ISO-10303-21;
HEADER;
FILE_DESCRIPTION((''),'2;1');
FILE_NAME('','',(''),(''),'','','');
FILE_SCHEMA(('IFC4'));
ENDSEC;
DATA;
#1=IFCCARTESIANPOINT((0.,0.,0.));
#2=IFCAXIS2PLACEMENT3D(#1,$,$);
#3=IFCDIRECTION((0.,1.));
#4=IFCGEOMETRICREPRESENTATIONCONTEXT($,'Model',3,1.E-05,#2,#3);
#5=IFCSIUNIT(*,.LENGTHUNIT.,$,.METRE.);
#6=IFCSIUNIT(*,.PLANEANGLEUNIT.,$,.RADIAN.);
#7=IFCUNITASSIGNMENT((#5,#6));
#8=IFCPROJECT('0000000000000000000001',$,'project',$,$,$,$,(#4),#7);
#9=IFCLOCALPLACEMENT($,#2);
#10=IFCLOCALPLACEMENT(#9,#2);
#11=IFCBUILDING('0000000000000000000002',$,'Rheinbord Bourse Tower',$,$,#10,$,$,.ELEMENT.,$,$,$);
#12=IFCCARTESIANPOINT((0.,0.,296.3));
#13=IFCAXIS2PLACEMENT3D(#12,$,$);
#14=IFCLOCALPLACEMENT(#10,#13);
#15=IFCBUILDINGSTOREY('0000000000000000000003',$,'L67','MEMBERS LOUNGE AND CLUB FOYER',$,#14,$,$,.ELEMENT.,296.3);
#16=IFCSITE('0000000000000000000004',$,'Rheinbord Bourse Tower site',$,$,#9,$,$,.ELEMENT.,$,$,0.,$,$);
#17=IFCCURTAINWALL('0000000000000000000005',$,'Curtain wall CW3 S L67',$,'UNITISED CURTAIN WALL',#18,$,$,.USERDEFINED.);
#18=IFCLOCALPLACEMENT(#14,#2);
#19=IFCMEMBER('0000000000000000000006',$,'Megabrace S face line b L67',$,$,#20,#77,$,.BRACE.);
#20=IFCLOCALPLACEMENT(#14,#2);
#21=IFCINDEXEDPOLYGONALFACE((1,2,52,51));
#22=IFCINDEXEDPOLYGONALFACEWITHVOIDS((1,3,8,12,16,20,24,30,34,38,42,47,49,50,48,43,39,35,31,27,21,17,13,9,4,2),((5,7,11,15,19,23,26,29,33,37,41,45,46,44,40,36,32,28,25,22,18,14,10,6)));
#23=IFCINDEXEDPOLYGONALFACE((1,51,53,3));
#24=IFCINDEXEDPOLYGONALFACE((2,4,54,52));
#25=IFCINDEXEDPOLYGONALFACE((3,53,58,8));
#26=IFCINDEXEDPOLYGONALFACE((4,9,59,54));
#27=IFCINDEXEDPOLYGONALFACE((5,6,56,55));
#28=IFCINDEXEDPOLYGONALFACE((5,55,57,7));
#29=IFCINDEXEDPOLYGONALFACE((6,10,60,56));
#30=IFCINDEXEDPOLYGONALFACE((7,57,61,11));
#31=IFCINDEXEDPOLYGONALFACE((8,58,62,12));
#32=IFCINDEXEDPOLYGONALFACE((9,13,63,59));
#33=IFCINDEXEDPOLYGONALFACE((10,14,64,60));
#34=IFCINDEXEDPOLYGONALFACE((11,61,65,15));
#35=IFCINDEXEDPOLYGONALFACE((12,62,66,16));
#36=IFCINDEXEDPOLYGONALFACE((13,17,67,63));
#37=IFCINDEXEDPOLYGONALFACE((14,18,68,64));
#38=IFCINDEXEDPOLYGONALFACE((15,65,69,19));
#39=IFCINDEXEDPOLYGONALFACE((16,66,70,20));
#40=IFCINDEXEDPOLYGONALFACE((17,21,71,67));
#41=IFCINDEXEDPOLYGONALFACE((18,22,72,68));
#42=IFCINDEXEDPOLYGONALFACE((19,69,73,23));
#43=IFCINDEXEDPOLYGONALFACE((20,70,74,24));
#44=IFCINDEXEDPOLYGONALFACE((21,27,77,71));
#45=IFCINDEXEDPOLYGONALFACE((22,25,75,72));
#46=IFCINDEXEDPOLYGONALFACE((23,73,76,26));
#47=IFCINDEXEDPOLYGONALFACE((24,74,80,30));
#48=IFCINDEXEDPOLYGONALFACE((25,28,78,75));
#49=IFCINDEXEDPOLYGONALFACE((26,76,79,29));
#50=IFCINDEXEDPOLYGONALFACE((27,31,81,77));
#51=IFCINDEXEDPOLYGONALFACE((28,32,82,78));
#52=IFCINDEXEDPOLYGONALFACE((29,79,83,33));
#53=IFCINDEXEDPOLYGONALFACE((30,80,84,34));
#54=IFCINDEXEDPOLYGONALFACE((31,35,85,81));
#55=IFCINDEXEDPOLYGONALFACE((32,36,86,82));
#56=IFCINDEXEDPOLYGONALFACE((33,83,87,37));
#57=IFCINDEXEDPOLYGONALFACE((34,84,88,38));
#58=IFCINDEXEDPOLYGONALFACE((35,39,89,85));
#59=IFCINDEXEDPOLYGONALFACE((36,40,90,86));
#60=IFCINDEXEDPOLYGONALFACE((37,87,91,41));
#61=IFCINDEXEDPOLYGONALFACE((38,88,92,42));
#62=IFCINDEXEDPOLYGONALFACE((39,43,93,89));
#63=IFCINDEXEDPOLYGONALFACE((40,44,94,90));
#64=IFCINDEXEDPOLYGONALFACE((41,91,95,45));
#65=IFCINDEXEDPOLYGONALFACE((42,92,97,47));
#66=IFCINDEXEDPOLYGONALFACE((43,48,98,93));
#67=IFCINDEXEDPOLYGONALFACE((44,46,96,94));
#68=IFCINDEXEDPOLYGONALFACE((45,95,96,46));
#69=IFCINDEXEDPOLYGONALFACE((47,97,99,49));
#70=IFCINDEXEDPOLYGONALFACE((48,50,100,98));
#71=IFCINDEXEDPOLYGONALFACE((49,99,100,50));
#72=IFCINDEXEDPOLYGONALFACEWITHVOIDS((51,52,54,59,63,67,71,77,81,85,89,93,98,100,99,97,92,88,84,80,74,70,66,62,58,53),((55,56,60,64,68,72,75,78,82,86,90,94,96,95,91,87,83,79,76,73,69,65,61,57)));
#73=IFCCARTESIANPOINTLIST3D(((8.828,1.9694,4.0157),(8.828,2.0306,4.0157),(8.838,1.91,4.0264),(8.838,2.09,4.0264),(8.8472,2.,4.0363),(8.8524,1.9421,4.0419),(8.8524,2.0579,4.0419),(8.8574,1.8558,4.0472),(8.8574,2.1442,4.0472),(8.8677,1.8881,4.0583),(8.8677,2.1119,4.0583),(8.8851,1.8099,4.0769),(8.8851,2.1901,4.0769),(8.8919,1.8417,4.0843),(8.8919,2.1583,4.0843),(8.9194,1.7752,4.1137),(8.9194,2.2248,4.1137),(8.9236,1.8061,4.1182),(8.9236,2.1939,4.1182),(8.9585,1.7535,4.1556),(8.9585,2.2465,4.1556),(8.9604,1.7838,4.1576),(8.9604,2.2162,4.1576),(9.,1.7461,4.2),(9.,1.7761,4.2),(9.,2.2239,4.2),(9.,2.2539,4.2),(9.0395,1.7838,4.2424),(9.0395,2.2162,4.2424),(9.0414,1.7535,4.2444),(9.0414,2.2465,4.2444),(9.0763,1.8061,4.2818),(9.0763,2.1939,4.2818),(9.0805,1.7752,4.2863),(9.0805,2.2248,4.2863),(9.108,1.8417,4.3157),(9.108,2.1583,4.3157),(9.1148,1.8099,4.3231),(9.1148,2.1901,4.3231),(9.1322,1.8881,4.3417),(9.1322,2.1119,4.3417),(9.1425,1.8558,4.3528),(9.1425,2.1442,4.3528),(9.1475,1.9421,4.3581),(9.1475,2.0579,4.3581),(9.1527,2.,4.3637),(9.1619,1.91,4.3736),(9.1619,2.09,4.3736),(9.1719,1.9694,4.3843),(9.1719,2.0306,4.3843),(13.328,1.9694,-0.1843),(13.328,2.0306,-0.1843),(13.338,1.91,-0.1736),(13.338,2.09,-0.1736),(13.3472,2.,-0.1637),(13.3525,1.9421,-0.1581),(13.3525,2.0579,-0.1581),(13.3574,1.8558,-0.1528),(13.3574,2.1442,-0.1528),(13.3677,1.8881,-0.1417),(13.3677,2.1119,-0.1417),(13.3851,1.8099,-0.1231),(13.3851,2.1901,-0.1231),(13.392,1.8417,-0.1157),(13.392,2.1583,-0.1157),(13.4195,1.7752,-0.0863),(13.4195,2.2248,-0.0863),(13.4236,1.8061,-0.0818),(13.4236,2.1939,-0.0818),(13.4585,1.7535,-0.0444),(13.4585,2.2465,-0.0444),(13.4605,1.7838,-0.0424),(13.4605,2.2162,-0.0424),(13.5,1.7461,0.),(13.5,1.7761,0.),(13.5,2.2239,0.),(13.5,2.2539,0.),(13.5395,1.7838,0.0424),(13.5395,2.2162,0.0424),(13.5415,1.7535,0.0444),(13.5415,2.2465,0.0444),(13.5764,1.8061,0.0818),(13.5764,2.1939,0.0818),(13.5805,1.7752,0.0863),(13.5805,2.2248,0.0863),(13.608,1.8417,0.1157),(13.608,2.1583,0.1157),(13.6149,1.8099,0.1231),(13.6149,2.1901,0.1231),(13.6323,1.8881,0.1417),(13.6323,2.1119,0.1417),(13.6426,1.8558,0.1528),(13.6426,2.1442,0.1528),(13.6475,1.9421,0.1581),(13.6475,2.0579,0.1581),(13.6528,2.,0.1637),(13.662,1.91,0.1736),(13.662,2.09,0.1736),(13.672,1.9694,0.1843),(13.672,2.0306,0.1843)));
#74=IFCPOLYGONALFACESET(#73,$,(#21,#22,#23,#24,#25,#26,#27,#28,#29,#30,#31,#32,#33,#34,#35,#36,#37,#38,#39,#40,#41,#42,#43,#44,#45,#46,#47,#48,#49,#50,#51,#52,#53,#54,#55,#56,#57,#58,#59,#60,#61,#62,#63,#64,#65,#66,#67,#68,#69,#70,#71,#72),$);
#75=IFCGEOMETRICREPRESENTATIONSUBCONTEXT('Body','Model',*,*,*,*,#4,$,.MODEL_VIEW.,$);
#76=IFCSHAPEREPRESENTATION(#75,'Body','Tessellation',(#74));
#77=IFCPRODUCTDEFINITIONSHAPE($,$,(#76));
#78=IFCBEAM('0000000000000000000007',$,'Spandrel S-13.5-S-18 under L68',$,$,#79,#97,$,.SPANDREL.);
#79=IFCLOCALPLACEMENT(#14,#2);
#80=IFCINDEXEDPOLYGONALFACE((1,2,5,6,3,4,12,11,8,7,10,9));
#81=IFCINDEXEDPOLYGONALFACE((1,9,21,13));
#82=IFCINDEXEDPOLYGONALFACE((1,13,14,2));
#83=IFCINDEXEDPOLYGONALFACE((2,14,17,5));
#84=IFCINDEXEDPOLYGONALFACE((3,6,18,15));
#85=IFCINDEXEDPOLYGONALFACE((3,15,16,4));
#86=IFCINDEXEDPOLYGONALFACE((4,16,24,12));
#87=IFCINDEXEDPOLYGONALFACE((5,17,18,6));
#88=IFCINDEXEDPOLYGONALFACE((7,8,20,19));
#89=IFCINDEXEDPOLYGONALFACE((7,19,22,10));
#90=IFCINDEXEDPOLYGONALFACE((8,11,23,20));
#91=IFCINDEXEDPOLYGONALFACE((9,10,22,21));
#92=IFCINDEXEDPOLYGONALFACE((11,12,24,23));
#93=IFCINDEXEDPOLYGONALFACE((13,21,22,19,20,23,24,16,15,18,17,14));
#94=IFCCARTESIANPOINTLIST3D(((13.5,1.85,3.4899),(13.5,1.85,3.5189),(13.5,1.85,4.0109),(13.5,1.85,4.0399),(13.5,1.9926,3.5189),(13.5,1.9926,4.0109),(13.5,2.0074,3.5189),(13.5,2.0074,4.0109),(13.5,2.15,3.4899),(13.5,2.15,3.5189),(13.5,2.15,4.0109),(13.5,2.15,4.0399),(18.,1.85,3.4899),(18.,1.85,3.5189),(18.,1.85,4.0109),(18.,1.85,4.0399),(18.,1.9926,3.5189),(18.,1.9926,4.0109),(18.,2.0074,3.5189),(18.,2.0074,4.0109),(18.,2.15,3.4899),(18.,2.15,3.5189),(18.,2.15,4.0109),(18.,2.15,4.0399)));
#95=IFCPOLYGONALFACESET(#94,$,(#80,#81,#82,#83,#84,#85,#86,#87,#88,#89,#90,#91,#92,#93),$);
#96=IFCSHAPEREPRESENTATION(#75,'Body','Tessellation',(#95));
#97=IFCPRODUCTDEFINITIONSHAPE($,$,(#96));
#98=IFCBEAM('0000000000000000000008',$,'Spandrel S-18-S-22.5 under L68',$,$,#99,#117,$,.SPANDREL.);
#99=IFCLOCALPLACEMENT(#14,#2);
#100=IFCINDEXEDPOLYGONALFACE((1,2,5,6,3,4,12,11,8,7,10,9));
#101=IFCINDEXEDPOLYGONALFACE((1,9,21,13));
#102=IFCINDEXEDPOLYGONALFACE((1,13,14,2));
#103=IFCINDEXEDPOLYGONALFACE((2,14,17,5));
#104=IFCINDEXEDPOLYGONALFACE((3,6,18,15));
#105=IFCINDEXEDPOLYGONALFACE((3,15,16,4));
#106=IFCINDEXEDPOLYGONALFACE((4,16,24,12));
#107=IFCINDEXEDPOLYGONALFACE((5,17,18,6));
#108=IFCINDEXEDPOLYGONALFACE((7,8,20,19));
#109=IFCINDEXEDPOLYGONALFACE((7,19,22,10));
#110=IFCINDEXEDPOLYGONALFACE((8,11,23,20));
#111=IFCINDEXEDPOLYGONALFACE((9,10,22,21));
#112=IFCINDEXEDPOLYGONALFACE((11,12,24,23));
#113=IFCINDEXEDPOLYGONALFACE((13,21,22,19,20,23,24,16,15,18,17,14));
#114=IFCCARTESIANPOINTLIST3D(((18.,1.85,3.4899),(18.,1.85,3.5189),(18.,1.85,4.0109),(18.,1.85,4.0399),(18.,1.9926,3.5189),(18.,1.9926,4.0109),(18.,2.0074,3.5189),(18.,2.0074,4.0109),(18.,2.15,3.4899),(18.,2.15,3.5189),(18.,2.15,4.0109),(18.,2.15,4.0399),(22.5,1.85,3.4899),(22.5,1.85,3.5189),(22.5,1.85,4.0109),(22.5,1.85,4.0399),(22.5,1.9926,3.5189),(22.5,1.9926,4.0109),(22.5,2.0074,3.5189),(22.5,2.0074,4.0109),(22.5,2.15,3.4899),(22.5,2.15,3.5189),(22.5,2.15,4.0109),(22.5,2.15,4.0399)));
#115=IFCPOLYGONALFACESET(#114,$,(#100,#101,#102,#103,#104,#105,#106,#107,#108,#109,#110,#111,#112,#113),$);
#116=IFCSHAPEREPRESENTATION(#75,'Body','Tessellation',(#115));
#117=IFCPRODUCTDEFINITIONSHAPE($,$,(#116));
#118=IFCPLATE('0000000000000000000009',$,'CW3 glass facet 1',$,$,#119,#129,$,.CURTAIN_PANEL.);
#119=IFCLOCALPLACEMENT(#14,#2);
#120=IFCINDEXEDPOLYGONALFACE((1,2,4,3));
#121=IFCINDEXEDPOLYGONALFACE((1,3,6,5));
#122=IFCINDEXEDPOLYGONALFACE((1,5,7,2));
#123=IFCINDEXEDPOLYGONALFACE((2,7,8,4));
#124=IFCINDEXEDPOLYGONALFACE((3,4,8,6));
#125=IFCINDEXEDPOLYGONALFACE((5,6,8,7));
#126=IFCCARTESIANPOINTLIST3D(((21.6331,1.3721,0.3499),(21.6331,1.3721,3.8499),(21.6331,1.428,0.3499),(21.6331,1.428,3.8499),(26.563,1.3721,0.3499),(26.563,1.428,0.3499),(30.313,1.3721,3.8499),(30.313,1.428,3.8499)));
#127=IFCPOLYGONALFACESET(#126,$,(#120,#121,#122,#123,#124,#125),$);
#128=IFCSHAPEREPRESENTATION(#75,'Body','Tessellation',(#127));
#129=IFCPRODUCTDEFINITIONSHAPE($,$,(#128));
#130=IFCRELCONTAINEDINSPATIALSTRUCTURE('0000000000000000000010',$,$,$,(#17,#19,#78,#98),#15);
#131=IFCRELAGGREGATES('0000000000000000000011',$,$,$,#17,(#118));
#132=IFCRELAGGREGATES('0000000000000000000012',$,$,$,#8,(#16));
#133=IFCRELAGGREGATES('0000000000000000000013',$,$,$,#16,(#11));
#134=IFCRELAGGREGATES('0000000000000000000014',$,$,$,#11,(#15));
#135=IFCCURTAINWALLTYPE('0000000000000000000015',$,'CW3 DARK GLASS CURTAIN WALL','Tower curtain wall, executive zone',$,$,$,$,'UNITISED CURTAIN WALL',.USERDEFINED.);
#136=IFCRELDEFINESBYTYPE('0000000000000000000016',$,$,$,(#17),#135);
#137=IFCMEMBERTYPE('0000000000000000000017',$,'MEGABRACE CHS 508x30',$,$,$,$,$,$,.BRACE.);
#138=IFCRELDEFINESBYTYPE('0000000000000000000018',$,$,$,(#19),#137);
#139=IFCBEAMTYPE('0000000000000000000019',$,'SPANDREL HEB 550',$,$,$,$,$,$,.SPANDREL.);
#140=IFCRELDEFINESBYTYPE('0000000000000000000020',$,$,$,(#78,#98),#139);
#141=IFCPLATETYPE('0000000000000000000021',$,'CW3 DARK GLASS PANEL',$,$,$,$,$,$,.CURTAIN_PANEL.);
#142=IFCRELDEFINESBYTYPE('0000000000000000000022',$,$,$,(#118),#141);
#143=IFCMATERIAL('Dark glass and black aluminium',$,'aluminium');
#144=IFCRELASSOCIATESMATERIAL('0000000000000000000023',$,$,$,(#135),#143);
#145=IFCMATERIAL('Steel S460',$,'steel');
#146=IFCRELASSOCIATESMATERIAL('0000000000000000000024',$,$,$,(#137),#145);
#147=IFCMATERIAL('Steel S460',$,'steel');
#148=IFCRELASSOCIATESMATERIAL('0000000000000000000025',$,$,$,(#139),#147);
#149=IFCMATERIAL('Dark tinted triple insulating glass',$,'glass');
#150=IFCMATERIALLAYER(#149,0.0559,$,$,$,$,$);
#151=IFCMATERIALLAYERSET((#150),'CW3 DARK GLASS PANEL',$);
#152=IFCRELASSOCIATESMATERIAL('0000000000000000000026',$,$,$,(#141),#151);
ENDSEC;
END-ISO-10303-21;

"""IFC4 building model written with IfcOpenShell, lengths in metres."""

from ifc_helpers import new_model, si_unit, direction, frame, origin, origin_2d, place, context, subcontext, project, spatial, polyline, hollow_circle, i_section, outline, extrude, material, layer, layer_set, material_profile, profile_set, type_object, element, aggregate, save


model = new_model("IFC4")

# Units and contexts
model_context = context("Model", 3, precision=1e-05, world=origin(), true_north=direction((0.0, 1.0)))
body_context = subcontext(model_context, "Body", "Model", "MODEL_VIEW")
ifc_project = project(units=[si_unit("LENGTHUNIT", "METRE"), si_unit("PLANEANGLEUNIT", "RADIAN")], contexts=[model_context])

# Site, building, storey
site_placement = place(None, origin())
site = spatial("IfcSite", under=ifc_project, at=site_placement, Name="Rheinbord Bourse Tower site", CompositionType="ELEMENT", RefElevation=0.0)
building_placement = place(site_placement, origin())
building = spatial("IfcBuilding", under=site, at=building_placement, Name="Rheinbord Bourse Tower", CompositionType="ELEMENT")
storey_placement = place(building_placement, frame((0.0, 0.0, 296.3)))
storey = spatial("IfcBuildingStorey", under=building, at=storey_placement, Name="L67", Description="MEMBERS LOUNGE AND CLUB FOYER", CompositionType="ELEMENT", Elevation=296.3)

# Curtain wall
ifc_material_1 = material(Name="Dark glass and black aluminium", Category="aluminium")
curtain_wall_type = type_object("IfcCurtainWallType", Name="CW3 DARK GLASS CURTAIN WALL", Description="Tower curtain wall, executive zone", ElementType="UNITISED CURTAIN WALL", PredefinedType="USERDEFINED", material=ifc_material_1)
curtain_wall_placement = place(storey_placement, origin())
curtain_wall = element("IfcCurtainWall", 1, at=curtain_wall_placement, inside=storey, type_object=curtain_wall_type, Name="Curtain wall CW3 S L67", ObjectType="UNITISED CURTAIN WALL", PredefinedType="USERDEFINED")

# Member
ifc_material_2 = material(Name="Steel S460", Category="steel")
ifc_material_profile_1 = material_profile(ifc_material_2, hollow_circle(Radius=0.2539, WallThickness=0.03, at=origin_2d()), Name="CHS 508x30")
ifc_profile_set_1 = profile_set([ifc_material_profile_1], Name="Steel S460")
member_type_1 = type_object("IfcMemberType", Name="MEGABRACE CHS 508x30", PredefinedType="BRACE", material=ifc_profile_set_1)
member_1_placement = place(storey_placement, frame((13.5, 2.0, 0.0), z_axis=(-0.731059, 0.0, 0.682314), x_axis=(0.0, -1.0, 0.0)))
element("IfcMember", 2, at=member_1_placement, inside=storey, type_object=member_type_1, Name="Megabrace S face line b L67", PredefinedType="BRACE", context=body_context, shape_type="SweptSolid", body=[
    extrude(hollow_circle(Radius=0.2539, WallThickness=0.03, at=origin_2d()), origin(), (0.0, 0.0, 1.0), 6.1555),
])

# Beams
ifc_material_3 = material(Name="Steel S460", Category="steel")
ifc_material_profile_2 = material_profile(ifc_material_3, i_section(OverallWidth=0.3, OverallDepth=0.55, WebThickness=0.0149, FlangeThickness=0.0291, at=origin_2d()), Name="HEB 550")
ifc_profile_set_2 = profile_set([ifc_material_profile_2], Name="Steel S460")
beam_type_1 = type_object("IfcBeamType", Name="SPANDREL HEB 550", PredefinedType="SPANDREL", material=ifc_profile_set_2)
for number, where, z_axis, x_axis, name in (
    (3, (13.5, 2.0, 3.7649), (1.0, 0.0, 0.0), (0.0, 1.0, 0.0), "Spandrel S-13.5-S-18 under L68"),
    (4, (18.0, 2.0, 3.7649), (1.0, 0.0, 0.0), (0.0, 1.0, 0.0), "Spandrel S-18-S-22.5 under L68"),
):
    element("IfcBeam", number, at=place(storey_placement, frame(where, z_axis=z_axis, x_axis=x_axis)), inside=storey, type_object=beam_type_1, Name=name, PredefinedType="SPANDREL", context=body_context, shape_type="SweptSolid", body=[
        extrude(i_section(OverallWidth=0.3, OverallDepth=0.55, WebThickness=0.0149, FlangeThickness=0.0291, at=origin_2d()), origin(), (0.0, 0.0, 1.0), 4.5),
    ])

# Plate
ifc_material_4 = material(Name="Dark tinted triple insulating glass", Category="glass")
ifc_layer = layer(ifc_material_4, 0.0559)
ifc_layer_set = layer_set([ifc_layer], Name="CW3 DARK GLASS PANEL")
plate_type = type_object("IfcPlateType", Name="CW3 DARK GLASS PANEL", PredefinedType="CURTAIN_PANEL", material=ifc_layer_set)
plate_placement = place(storey_placement, frame((21.6331, 1.3721, 0.3499), z_axis=(0.0, 1.0, 0.0), x_axis=(0.0, 0.0, 1.0)))
plate = element("IfcPlate", 5, at=plate_placement, type_object=plate_type, Name="CW3 glass facet 1", PredefinedType="CURTAIN_PANEL", context=body_context, shape_type="SweptSolid", body=[
    extrude(outline(polyline([(0.0, 0.0), (3.5, 0.0), (3.5, 8.6799), (0.0, 4.9299), (0.0, 0.0)])), origin(), (0.0, 0.0, 1.0), 0.0559),
])
aggregate(curtain_wall, [plate])

save(model, "model.ifc")
